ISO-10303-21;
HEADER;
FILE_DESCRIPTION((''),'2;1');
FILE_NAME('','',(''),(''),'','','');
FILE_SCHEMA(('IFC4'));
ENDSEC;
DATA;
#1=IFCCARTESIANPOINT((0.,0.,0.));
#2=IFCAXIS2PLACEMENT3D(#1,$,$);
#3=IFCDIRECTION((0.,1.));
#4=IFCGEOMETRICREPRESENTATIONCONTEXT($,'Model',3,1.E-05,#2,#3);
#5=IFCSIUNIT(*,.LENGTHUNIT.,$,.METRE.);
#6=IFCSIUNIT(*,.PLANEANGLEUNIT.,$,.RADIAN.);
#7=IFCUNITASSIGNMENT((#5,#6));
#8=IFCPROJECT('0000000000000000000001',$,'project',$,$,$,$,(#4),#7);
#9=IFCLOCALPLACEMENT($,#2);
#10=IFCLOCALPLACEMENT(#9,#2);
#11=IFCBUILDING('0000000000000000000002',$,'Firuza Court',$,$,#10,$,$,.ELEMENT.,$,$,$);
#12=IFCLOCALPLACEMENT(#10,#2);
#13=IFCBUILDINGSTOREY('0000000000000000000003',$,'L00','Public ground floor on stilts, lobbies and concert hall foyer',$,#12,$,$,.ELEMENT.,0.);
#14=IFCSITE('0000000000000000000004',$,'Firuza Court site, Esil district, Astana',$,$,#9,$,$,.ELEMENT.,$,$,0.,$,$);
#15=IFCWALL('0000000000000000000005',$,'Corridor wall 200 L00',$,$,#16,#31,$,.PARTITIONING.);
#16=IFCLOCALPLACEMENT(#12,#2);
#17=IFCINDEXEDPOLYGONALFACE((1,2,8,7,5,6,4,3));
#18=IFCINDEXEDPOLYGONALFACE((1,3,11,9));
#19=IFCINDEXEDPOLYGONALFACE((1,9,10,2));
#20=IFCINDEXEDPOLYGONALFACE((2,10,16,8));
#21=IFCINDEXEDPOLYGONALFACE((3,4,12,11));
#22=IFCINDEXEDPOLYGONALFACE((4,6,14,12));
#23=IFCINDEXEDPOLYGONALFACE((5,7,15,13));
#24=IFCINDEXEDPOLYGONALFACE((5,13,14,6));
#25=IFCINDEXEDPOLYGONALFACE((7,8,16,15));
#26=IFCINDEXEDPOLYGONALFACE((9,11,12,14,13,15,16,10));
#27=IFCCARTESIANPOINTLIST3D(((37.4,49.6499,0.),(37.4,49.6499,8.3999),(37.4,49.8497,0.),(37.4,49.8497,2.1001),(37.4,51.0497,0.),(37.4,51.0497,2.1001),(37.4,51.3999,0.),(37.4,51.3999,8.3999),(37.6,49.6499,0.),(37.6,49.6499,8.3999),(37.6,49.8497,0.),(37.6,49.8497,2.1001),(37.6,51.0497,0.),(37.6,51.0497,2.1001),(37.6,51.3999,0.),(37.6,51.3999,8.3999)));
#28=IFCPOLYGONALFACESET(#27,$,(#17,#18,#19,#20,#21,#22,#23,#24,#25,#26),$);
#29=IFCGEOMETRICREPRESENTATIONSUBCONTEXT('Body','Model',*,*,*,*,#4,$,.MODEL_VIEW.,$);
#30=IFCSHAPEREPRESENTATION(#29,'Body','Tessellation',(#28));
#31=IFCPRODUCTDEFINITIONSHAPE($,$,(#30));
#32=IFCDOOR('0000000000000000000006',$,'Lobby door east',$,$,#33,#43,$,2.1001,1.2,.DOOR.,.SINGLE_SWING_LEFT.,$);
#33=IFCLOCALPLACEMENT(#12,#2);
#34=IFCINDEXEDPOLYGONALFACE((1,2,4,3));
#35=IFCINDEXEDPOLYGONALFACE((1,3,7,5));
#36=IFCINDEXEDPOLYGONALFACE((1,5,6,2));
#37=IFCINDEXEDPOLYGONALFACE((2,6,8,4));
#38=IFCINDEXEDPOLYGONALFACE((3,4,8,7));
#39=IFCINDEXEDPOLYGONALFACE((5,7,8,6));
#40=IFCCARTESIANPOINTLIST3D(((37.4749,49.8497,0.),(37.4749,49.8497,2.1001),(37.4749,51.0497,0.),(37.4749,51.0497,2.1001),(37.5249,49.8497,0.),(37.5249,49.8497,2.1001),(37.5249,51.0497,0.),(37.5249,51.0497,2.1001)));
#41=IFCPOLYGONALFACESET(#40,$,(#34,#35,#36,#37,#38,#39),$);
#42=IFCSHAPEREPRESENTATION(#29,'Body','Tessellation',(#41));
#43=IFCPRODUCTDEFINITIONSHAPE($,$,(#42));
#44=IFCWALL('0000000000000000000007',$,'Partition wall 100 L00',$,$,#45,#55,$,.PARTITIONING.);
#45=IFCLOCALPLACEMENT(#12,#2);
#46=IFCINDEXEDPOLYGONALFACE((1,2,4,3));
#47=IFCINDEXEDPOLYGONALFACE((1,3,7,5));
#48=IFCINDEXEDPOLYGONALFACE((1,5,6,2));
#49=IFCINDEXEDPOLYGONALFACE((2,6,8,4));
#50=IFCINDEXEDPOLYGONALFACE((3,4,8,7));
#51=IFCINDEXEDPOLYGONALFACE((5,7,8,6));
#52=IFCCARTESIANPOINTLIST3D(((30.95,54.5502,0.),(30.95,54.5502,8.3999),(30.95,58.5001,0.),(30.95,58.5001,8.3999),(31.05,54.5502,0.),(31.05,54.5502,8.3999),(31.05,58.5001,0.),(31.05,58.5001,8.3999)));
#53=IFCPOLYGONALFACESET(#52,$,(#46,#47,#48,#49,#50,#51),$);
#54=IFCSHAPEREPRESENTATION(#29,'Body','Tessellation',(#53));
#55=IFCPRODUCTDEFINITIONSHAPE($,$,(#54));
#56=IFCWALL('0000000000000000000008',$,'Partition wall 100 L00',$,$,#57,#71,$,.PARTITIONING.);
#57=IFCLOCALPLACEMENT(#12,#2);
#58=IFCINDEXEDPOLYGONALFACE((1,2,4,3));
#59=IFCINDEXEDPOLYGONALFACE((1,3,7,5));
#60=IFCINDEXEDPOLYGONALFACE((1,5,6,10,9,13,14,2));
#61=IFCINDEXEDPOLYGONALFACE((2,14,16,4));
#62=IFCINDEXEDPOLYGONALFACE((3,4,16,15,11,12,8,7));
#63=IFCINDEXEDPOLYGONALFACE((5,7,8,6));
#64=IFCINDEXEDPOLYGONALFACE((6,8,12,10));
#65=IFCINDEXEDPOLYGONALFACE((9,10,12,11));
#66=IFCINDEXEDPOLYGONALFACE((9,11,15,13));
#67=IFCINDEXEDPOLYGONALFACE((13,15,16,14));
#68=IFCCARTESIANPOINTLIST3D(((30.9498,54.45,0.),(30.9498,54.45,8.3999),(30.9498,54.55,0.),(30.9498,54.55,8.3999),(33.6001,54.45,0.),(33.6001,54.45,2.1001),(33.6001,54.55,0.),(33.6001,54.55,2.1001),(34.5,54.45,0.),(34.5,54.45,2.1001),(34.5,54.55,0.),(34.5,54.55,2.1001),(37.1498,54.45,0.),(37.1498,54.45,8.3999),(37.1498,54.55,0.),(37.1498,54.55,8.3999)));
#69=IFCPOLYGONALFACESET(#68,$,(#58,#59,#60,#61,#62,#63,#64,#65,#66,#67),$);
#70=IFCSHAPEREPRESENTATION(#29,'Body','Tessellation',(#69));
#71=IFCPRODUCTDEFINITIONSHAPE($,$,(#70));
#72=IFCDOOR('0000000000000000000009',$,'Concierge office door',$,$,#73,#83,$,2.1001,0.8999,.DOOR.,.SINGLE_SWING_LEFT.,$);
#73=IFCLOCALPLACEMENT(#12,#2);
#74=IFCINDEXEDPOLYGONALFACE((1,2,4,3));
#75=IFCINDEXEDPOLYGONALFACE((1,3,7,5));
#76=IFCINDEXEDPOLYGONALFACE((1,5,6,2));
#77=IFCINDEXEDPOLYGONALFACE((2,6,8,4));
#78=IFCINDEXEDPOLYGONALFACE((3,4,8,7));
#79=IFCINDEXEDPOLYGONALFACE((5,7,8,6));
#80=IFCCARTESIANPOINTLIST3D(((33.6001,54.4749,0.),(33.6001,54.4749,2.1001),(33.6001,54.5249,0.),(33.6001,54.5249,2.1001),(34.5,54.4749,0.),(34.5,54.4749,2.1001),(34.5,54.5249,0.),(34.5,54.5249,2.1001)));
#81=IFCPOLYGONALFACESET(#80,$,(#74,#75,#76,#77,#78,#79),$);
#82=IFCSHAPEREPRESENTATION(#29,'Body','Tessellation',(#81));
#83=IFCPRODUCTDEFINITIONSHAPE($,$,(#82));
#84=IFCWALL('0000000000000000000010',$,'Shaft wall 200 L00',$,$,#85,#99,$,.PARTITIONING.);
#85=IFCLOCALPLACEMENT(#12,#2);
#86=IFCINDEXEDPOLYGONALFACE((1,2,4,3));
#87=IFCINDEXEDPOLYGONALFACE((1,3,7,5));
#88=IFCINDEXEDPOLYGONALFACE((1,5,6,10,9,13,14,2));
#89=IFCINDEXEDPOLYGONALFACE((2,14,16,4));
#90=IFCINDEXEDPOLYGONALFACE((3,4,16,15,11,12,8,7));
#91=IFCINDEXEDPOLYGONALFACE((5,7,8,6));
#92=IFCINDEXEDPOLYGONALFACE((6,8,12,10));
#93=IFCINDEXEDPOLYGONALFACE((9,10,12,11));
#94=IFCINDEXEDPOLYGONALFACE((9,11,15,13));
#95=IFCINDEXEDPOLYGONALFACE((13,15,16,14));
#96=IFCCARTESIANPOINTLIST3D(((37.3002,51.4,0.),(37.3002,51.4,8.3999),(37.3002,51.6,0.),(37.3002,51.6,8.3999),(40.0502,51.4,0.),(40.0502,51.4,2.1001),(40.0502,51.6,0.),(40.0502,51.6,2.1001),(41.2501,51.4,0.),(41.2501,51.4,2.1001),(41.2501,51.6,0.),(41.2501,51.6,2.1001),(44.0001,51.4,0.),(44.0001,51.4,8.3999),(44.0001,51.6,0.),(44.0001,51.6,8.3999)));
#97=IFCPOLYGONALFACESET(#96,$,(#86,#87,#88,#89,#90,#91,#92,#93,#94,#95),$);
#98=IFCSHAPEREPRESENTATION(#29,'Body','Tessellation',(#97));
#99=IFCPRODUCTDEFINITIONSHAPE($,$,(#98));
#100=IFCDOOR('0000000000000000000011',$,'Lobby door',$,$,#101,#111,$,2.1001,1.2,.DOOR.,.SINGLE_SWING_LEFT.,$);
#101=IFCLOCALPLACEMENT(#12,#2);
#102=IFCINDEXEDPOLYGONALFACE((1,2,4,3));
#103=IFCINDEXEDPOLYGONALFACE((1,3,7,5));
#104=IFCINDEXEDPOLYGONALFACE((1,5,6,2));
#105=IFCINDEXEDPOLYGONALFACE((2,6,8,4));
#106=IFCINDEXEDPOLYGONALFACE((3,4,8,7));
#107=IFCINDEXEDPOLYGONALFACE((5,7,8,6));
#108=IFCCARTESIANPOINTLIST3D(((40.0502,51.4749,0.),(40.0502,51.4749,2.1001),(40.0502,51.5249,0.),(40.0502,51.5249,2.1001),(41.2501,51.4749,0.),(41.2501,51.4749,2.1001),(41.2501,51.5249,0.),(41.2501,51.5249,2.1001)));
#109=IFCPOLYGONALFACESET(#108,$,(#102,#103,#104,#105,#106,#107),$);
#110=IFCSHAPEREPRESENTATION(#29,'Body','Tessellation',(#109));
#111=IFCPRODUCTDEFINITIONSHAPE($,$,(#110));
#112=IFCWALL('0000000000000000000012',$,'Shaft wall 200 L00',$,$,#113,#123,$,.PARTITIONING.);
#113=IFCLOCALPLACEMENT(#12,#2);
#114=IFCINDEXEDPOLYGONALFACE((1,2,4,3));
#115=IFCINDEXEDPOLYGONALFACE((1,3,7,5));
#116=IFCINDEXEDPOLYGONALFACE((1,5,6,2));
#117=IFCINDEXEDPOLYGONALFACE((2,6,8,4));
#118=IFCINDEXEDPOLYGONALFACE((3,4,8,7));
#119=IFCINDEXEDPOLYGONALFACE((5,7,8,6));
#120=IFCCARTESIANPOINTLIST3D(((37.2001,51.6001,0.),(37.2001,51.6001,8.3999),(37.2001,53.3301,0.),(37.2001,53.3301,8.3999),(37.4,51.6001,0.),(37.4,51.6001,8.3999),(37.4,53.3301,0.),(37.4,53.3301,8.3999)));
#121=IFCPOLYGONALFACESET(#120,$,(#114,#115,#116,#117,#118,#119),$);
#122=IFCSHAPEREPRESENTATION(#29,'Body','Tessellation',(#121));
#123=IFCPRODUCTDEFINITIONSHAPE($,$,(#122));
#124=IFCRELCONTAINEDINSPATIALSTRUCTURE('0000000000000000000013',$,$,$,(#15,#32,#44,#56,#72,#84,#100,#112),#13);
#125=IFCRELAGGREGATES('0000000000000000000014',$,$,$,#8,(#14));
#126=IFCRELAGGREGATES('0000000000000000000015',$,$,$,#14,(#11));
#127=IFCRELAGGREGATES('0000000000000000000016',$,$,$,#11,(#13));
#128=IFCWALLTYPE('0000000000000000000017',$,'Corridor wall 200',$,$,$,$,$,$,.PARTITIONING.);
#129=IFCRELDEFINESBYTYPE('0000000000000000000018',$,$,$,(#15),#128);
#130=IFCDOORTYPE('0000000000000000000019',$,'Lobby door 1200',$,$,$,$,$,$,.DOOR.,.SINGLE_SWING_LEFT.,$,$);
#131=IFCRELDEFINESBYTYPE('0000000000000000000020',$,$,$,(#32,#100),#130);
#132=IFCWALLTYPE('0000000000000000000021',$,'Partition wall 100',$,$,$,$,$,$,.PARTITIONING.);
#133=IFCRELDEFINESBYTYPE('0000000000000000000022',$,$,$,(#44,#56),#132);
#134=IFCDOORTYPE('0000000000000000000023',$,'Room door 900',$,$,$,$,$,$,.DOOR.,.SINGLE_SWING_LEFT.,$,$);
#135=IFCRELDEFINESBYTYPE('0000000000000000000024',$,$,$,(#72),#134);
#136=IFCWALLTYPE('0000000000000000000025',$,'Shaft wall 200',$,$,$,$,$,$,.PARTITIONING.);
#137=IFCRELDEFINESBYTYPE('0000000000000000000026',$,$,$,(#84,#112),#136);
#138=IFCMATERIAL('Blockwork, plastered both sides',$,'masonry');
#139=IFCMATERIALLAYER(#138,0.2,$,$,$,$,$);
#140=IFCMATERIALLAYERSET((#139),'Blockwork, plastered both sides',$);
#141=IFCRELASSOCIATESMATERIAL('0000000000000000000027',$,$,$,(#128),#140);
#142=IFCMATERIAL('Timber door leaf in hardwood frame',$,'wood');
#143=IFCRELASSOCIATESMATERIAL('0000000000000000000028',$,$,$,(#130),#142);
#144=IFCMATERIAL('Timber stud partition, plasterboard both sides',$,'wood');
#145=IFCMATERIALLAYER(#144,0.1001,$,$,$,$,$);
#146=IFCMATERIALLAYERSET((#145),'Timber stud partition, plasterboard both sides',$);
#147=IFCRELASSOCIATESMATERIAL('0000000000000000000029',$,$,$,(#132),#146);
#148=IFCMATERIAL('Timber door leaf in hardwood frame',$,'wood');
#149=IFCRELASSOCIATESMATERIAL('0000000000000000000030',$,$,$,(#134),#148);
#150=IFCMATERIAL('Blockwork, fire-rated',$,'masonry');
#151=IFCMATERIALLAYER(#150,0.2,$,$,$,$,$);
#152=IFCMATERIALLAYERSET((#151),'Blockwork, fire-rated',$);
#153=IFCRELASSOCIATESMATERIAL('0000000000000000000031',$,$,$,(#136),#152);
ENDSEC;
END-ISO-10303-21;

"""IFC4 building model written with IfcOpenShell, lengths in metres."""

from ifc_helpers import new_model, si_unit, direction, frame, frame_2d, origin, place, context, subcontext, project, spatial, rectangle, extrude, material, layer, layer_set, type_object, element, fill, save


model = new_model("IFC4")

# Units and contexts
model_context = context("Model", 3, precision=1e-05, world=origin(), true_north=direction((0.0, 1.0)))
body_context = subcontext(model_context, "Body", "Model", "MODEL_VIEW")
ifc_project = project(units=[si_unit("LENGTHUNIT", "METRE"), si_unit("PLANEANGLEUNIT", "RADIAN")], contexts=[model_context])

# Site, building, storey
site_placement = place(None, origin())
site = spatial("IfcSite", under=ifc_project, at=site_placement, Name="Firuza Court site, Esil district, Astana", CompositionType="ELEMENT", RefElevation=0.0)
building_placement = place(site_placement, origin())
building = spatial("IfcBuilding", under=site, at=building_placement, Name="Firuza Court", CompositionType="ELEMENT")
storey_placement = place(building_placement, origin())
storey = spatial("IfcBuildingStorey", under=building, at=storey_placement, Name="L00", Description="Public ground floor on stilts, lobbies and concert hall foyer", CompositionType="ELEMENT", Elevation=0.0)

# Wall, opening, door
ifc_material_1 = material(Name="Blockwork, plastered both sides", Category="masonry")
ifc_layer_1 = layer(ifc_material_1, 0.2)
ifc_layer_set_1 = layer_set([ifc_layer_1], Name="Blockwork, plastered both sides")
wall_type_1 = type_object("IfcWallType", Name="Corridor wall 200", PredefinedType="PARTITIONING", material=ifc_layer_set_1)
wall_1_placement = place(storey_placement, frame((37.5, 51.3999, 0.0), z_axis=(0.0, 0.0, 1.0), x_axis=(0.0, -1.0, 0.0)))
wall_1 = element("IfcWall", 1, at=wall_1_placement, inside=storey, type_object=wall_type_1, Name="Corridor wall 200 L00", PredefinedType="PARTITIONING", context=body_context, shape_type="SweptSolid", body=[
    extrude(rectangle(XDim=1.75, YDim=0.2, at=frame_2d((0.875, 0.0))), origin(), (0.0, 0.0, 1.0), 8.3999),
])
opening_1_placement = place(wall_1_placement, frame((0.3501, 0.0, 0.0)))
opening_1 = element("IfcOpeningElement", 2, at=opening_1_placement, cuts=wall_1, PredefinedType="OPENING", context=body_context, shape_type="SweptSolid", body=[
    extrude(rectangle(XDim=1.2, YDim=2.1001, at=frame_2d((0.6001, 1.05))), frame((0.0, 0.1118, 0.0), z_axis=(0.0, -1.0, 0.0), x_axis=(1.0, 0.0, 0.0)), (0.0, 0.0, 1.0), 0.2239),
])
ifc_material_2 = material(Name="Timber door leaf in hardwood frame", Category="wood")
door_type_1 = type_object("IfcDoorType", Name="Lobby door 1200", OperationType="SINGLE_SWING_LEFT", PredefinedType="DOOR", material=ifc_material_2)
door_1_placement = place(opening_1_placement, origin())
door_1 = element("IfcDoor", 3, at=door_1_placement, inside=storey, type_object=door_type_1, Name="Lobby door east", OperationType="SINGLE_SWING_LEFT", OverallHeight=2.1001, OverallWidth=1.2, PredefinedType="DOOR", context=body_context, shape_type="SweptSolid", body=[
    extrude(rectangle(XDim=1.2, YDim=2.1001, at=frame_2d((0.6001, 1.05))), frame((0.0, 0.0249, 0.0), z_axis=(0.0, -1.0, 0.0), x_axis=(1.0, 0.0, 0.0)), (0.0, 0.0, 1.0), 0.05),
])
fill(opening_1, door_1)

# Wall
ifc_material_3 = material(Name="Timber stud partition, plasterboard both sides", Category="wood")
ifc_layer_2 = layer(ifc_material_3, 0.1001)
ifc_layer_set_2 = layer_set([ifc_layer_2], Name="Timber stud partition, plasterboard both sides")
wall_type_2 = type_object("IfcWallType", Name="Partition wall 100", PredefinedType="PARTITIONING", material=ifc_layer_set_2)
wall_2_placement = place(storey_placement, frame((31.0, 54.55, 0.0), z_axis=(0.0, 0.0, 1.0), x_axis=(0.0, 1.0, 0.0)))
element("IfcWall", 4, at=wall_2_placement, inside=storey, type_object=wall_type_2, Name="Partition wall 100 L00", PredefinedType="PARTITIONING", context=body_context, shape_type="SweptSolid", body=[
    extrude(rectangle(XDim=3.95, YDim=0.1001, at=frame_2d((1.9751, 0.0))), origin(), (0.0, 0.0, 1.0), 8.3999),
])

# Walls, openings, doors
wall_3_placement = place(storey_placement, frame((37.1499, 54.5, 0.0), z_axis=(0.0, 0.0, 1.0), x_axis=(-1.0, 0.0, 0.0)))
wall_3 = element("IfcWall", 5, at=wall_3_placement, inside=storey, type_object=wall_type_2, Name="Partition wall 100 L00", PredefinedType="PARTITIONING", context=body_context, shape_type="SweptSolid", body=[
    extrude(rectangle(XDim=6.2, YDim=0.1001, at=frame_2d((3.1001, 0.0))), origin(), (0.0, 0.0, 1.0), 8.3999),
])
opening_2_placement = place(wall_3_placement, frame((2.6499, 0.0, 0.0)))
opening_2 = element("IfcOpeningElement", 6, at=opening_2_placement, cuts=wall_3, PredefinedType="OPENING", context=body_context, shape_type="SweptSolid", body=[
    extrude(rectangle(XDim=0.8999, YDim=2.1001, at=frame_2d((0.45, 1.05))), frame((0.0, 0.062, 0.0), z_axis=(0.0, -1.0, 0.0), x_axis=(1.0, 0.0, 0.0)), (0.0, 0.0, 1.0), 0.124),
])
ifc_material_4 = material(Name="Timber door leaf in hardwood frame", Category="wood")
door_type_2 = type_object("IfcDoorType", Name="Room door 900", OperationType="SINGLE_SWING_LEFT", PredefinedType="DOOR", material=ifc_material_4)
door_2_placement = place(opening_2_placement, frame((0.8999, 0.0, 0.0), z_axis=(0.0, 0.0, 1.0), x_axis=(-1.0, 0.0, 0.0)))
door_2 = element("IfcDoor", 7, at=door_2_placement, inside=storey, type_object=door_type_2, Name="Concierge office door", OperationType="SINGLE_SWING_LEFT", OverallHeight=2.1001, OverallWidth=0.8999, PredefinedType="DOOR", context=body_context, shape_type="SweptSolid", body=[
    extrude(rectangle(XDim=0.8999, YDim=2.1001, at=frame_2d((0.45, 1.05))), frame((0.0, 0.0249, 0.0), z_axis=(0.0, -1.0, 0.0), x_axis=(1.0, 0.0, 0.0)), (0.0, 0.0, 1.0), 0.05),
])
fill(opening_2, door_2)
ifc_material_5 = material(Name="Blockwork, fire-rated", Category="masonry")
ifc_layer_3 = layer(ifc_material_5, 0.2)
ifc_layer_set_3 = layer_set([ifc_layer_3], Name="Blockwork, fire-rated")
wall_type_3 = type_object("IfcWallType", Name="Shaft wall 200", PredefinedType="PARTITIONING", material=ifc_layer_set_3)
wall_4_placement = place(storey_placement, frame((37.3, 51.5, 0.0), z_axis=(0.0, 0.0, 1.0), x_axis=(1.0, 0.0, 0.0)))
wall_4 = element("IfcWall", 8, at=wall_4_placement, inside=storey, type_object=wall_type_3, Name="Shaft wall 200 L00", PredefinedType="PARTITIONING", context=body_context, shape_type="SweptSolid", body=[
    extrude(rectangle(XDim=6.7, YDim=0.2, at=frame_2d((3.3501, 0.0))), origin(), (0.0, 0.0, 1.0), 8.3999),
])
opening_3_placement = place(wall_4_placement, frame((2.75, 0.0, 0.0)))
opening_3 = element("IfcOpeningElement", 9, at=opening_3_placement, cuts=wall_4, PredefinedType="OPENING", context=body_context, shape_type="SweptSolid", body=[
    extrude(rectangle(XDim=1.2, YDim=2.1001, at=frame_2d((0.6001, 1.05))), frame((0.0, 0.1118, 0.0), z_axis=(0.0, -1.0, 0.0), x_axis=(1.0, 0.0, 0.0)), (0.0, 0.0, 1.0), 0.2239),
])
door_3_placement = place(opening_3_placement, origin())
door_3 = element("IfcDoor", 10, at=door_3_placement, inside=storey, type_object=door_type_1, Name="Lobby door", OperationType="SINGLE_SWING_LEFT", OverallHeight=2.1001, OverallWidth=1.2, PredefinedType="DOOR", context=body_context, shape_type="SweptSolid", body=[
    extrude(rectangle(XDim=1.2, YDim=2.1001, at=frame_2d((0.6001, 1.05))), frame((0.0, 0.0249, 0.0), z_axis=(0.0, -1.0, 0.0), x_axis=(1.0, 0.0, 0.0)), (0.0, 0.0, 1.0), 0.05),
])
fill(opening_3, door_3)

# Wall
wall_5_placement = place(storey_placement, frame((37.3, 51.6001, 0.0), z_axis=(0.0, 0.0, 1.0), x_axis=(0.0, 1.0, 0.0)))
element("IfcWall", 11, at=wall_5_placement, inside=storey, type_object=wall_type_3, Name="Shaft wall 200 L00", PredefinedType="PARTITIONING", context=body_context, shape_type="SweptSolid", body=[
    extrude(rectangle(XDim=1.73, YDim=0.2, at=frame_2d((0.865, 0.0))), origin(), (0.0, 0.0, 1.0), 8.3999),
])

save(model, "model.ifc")
